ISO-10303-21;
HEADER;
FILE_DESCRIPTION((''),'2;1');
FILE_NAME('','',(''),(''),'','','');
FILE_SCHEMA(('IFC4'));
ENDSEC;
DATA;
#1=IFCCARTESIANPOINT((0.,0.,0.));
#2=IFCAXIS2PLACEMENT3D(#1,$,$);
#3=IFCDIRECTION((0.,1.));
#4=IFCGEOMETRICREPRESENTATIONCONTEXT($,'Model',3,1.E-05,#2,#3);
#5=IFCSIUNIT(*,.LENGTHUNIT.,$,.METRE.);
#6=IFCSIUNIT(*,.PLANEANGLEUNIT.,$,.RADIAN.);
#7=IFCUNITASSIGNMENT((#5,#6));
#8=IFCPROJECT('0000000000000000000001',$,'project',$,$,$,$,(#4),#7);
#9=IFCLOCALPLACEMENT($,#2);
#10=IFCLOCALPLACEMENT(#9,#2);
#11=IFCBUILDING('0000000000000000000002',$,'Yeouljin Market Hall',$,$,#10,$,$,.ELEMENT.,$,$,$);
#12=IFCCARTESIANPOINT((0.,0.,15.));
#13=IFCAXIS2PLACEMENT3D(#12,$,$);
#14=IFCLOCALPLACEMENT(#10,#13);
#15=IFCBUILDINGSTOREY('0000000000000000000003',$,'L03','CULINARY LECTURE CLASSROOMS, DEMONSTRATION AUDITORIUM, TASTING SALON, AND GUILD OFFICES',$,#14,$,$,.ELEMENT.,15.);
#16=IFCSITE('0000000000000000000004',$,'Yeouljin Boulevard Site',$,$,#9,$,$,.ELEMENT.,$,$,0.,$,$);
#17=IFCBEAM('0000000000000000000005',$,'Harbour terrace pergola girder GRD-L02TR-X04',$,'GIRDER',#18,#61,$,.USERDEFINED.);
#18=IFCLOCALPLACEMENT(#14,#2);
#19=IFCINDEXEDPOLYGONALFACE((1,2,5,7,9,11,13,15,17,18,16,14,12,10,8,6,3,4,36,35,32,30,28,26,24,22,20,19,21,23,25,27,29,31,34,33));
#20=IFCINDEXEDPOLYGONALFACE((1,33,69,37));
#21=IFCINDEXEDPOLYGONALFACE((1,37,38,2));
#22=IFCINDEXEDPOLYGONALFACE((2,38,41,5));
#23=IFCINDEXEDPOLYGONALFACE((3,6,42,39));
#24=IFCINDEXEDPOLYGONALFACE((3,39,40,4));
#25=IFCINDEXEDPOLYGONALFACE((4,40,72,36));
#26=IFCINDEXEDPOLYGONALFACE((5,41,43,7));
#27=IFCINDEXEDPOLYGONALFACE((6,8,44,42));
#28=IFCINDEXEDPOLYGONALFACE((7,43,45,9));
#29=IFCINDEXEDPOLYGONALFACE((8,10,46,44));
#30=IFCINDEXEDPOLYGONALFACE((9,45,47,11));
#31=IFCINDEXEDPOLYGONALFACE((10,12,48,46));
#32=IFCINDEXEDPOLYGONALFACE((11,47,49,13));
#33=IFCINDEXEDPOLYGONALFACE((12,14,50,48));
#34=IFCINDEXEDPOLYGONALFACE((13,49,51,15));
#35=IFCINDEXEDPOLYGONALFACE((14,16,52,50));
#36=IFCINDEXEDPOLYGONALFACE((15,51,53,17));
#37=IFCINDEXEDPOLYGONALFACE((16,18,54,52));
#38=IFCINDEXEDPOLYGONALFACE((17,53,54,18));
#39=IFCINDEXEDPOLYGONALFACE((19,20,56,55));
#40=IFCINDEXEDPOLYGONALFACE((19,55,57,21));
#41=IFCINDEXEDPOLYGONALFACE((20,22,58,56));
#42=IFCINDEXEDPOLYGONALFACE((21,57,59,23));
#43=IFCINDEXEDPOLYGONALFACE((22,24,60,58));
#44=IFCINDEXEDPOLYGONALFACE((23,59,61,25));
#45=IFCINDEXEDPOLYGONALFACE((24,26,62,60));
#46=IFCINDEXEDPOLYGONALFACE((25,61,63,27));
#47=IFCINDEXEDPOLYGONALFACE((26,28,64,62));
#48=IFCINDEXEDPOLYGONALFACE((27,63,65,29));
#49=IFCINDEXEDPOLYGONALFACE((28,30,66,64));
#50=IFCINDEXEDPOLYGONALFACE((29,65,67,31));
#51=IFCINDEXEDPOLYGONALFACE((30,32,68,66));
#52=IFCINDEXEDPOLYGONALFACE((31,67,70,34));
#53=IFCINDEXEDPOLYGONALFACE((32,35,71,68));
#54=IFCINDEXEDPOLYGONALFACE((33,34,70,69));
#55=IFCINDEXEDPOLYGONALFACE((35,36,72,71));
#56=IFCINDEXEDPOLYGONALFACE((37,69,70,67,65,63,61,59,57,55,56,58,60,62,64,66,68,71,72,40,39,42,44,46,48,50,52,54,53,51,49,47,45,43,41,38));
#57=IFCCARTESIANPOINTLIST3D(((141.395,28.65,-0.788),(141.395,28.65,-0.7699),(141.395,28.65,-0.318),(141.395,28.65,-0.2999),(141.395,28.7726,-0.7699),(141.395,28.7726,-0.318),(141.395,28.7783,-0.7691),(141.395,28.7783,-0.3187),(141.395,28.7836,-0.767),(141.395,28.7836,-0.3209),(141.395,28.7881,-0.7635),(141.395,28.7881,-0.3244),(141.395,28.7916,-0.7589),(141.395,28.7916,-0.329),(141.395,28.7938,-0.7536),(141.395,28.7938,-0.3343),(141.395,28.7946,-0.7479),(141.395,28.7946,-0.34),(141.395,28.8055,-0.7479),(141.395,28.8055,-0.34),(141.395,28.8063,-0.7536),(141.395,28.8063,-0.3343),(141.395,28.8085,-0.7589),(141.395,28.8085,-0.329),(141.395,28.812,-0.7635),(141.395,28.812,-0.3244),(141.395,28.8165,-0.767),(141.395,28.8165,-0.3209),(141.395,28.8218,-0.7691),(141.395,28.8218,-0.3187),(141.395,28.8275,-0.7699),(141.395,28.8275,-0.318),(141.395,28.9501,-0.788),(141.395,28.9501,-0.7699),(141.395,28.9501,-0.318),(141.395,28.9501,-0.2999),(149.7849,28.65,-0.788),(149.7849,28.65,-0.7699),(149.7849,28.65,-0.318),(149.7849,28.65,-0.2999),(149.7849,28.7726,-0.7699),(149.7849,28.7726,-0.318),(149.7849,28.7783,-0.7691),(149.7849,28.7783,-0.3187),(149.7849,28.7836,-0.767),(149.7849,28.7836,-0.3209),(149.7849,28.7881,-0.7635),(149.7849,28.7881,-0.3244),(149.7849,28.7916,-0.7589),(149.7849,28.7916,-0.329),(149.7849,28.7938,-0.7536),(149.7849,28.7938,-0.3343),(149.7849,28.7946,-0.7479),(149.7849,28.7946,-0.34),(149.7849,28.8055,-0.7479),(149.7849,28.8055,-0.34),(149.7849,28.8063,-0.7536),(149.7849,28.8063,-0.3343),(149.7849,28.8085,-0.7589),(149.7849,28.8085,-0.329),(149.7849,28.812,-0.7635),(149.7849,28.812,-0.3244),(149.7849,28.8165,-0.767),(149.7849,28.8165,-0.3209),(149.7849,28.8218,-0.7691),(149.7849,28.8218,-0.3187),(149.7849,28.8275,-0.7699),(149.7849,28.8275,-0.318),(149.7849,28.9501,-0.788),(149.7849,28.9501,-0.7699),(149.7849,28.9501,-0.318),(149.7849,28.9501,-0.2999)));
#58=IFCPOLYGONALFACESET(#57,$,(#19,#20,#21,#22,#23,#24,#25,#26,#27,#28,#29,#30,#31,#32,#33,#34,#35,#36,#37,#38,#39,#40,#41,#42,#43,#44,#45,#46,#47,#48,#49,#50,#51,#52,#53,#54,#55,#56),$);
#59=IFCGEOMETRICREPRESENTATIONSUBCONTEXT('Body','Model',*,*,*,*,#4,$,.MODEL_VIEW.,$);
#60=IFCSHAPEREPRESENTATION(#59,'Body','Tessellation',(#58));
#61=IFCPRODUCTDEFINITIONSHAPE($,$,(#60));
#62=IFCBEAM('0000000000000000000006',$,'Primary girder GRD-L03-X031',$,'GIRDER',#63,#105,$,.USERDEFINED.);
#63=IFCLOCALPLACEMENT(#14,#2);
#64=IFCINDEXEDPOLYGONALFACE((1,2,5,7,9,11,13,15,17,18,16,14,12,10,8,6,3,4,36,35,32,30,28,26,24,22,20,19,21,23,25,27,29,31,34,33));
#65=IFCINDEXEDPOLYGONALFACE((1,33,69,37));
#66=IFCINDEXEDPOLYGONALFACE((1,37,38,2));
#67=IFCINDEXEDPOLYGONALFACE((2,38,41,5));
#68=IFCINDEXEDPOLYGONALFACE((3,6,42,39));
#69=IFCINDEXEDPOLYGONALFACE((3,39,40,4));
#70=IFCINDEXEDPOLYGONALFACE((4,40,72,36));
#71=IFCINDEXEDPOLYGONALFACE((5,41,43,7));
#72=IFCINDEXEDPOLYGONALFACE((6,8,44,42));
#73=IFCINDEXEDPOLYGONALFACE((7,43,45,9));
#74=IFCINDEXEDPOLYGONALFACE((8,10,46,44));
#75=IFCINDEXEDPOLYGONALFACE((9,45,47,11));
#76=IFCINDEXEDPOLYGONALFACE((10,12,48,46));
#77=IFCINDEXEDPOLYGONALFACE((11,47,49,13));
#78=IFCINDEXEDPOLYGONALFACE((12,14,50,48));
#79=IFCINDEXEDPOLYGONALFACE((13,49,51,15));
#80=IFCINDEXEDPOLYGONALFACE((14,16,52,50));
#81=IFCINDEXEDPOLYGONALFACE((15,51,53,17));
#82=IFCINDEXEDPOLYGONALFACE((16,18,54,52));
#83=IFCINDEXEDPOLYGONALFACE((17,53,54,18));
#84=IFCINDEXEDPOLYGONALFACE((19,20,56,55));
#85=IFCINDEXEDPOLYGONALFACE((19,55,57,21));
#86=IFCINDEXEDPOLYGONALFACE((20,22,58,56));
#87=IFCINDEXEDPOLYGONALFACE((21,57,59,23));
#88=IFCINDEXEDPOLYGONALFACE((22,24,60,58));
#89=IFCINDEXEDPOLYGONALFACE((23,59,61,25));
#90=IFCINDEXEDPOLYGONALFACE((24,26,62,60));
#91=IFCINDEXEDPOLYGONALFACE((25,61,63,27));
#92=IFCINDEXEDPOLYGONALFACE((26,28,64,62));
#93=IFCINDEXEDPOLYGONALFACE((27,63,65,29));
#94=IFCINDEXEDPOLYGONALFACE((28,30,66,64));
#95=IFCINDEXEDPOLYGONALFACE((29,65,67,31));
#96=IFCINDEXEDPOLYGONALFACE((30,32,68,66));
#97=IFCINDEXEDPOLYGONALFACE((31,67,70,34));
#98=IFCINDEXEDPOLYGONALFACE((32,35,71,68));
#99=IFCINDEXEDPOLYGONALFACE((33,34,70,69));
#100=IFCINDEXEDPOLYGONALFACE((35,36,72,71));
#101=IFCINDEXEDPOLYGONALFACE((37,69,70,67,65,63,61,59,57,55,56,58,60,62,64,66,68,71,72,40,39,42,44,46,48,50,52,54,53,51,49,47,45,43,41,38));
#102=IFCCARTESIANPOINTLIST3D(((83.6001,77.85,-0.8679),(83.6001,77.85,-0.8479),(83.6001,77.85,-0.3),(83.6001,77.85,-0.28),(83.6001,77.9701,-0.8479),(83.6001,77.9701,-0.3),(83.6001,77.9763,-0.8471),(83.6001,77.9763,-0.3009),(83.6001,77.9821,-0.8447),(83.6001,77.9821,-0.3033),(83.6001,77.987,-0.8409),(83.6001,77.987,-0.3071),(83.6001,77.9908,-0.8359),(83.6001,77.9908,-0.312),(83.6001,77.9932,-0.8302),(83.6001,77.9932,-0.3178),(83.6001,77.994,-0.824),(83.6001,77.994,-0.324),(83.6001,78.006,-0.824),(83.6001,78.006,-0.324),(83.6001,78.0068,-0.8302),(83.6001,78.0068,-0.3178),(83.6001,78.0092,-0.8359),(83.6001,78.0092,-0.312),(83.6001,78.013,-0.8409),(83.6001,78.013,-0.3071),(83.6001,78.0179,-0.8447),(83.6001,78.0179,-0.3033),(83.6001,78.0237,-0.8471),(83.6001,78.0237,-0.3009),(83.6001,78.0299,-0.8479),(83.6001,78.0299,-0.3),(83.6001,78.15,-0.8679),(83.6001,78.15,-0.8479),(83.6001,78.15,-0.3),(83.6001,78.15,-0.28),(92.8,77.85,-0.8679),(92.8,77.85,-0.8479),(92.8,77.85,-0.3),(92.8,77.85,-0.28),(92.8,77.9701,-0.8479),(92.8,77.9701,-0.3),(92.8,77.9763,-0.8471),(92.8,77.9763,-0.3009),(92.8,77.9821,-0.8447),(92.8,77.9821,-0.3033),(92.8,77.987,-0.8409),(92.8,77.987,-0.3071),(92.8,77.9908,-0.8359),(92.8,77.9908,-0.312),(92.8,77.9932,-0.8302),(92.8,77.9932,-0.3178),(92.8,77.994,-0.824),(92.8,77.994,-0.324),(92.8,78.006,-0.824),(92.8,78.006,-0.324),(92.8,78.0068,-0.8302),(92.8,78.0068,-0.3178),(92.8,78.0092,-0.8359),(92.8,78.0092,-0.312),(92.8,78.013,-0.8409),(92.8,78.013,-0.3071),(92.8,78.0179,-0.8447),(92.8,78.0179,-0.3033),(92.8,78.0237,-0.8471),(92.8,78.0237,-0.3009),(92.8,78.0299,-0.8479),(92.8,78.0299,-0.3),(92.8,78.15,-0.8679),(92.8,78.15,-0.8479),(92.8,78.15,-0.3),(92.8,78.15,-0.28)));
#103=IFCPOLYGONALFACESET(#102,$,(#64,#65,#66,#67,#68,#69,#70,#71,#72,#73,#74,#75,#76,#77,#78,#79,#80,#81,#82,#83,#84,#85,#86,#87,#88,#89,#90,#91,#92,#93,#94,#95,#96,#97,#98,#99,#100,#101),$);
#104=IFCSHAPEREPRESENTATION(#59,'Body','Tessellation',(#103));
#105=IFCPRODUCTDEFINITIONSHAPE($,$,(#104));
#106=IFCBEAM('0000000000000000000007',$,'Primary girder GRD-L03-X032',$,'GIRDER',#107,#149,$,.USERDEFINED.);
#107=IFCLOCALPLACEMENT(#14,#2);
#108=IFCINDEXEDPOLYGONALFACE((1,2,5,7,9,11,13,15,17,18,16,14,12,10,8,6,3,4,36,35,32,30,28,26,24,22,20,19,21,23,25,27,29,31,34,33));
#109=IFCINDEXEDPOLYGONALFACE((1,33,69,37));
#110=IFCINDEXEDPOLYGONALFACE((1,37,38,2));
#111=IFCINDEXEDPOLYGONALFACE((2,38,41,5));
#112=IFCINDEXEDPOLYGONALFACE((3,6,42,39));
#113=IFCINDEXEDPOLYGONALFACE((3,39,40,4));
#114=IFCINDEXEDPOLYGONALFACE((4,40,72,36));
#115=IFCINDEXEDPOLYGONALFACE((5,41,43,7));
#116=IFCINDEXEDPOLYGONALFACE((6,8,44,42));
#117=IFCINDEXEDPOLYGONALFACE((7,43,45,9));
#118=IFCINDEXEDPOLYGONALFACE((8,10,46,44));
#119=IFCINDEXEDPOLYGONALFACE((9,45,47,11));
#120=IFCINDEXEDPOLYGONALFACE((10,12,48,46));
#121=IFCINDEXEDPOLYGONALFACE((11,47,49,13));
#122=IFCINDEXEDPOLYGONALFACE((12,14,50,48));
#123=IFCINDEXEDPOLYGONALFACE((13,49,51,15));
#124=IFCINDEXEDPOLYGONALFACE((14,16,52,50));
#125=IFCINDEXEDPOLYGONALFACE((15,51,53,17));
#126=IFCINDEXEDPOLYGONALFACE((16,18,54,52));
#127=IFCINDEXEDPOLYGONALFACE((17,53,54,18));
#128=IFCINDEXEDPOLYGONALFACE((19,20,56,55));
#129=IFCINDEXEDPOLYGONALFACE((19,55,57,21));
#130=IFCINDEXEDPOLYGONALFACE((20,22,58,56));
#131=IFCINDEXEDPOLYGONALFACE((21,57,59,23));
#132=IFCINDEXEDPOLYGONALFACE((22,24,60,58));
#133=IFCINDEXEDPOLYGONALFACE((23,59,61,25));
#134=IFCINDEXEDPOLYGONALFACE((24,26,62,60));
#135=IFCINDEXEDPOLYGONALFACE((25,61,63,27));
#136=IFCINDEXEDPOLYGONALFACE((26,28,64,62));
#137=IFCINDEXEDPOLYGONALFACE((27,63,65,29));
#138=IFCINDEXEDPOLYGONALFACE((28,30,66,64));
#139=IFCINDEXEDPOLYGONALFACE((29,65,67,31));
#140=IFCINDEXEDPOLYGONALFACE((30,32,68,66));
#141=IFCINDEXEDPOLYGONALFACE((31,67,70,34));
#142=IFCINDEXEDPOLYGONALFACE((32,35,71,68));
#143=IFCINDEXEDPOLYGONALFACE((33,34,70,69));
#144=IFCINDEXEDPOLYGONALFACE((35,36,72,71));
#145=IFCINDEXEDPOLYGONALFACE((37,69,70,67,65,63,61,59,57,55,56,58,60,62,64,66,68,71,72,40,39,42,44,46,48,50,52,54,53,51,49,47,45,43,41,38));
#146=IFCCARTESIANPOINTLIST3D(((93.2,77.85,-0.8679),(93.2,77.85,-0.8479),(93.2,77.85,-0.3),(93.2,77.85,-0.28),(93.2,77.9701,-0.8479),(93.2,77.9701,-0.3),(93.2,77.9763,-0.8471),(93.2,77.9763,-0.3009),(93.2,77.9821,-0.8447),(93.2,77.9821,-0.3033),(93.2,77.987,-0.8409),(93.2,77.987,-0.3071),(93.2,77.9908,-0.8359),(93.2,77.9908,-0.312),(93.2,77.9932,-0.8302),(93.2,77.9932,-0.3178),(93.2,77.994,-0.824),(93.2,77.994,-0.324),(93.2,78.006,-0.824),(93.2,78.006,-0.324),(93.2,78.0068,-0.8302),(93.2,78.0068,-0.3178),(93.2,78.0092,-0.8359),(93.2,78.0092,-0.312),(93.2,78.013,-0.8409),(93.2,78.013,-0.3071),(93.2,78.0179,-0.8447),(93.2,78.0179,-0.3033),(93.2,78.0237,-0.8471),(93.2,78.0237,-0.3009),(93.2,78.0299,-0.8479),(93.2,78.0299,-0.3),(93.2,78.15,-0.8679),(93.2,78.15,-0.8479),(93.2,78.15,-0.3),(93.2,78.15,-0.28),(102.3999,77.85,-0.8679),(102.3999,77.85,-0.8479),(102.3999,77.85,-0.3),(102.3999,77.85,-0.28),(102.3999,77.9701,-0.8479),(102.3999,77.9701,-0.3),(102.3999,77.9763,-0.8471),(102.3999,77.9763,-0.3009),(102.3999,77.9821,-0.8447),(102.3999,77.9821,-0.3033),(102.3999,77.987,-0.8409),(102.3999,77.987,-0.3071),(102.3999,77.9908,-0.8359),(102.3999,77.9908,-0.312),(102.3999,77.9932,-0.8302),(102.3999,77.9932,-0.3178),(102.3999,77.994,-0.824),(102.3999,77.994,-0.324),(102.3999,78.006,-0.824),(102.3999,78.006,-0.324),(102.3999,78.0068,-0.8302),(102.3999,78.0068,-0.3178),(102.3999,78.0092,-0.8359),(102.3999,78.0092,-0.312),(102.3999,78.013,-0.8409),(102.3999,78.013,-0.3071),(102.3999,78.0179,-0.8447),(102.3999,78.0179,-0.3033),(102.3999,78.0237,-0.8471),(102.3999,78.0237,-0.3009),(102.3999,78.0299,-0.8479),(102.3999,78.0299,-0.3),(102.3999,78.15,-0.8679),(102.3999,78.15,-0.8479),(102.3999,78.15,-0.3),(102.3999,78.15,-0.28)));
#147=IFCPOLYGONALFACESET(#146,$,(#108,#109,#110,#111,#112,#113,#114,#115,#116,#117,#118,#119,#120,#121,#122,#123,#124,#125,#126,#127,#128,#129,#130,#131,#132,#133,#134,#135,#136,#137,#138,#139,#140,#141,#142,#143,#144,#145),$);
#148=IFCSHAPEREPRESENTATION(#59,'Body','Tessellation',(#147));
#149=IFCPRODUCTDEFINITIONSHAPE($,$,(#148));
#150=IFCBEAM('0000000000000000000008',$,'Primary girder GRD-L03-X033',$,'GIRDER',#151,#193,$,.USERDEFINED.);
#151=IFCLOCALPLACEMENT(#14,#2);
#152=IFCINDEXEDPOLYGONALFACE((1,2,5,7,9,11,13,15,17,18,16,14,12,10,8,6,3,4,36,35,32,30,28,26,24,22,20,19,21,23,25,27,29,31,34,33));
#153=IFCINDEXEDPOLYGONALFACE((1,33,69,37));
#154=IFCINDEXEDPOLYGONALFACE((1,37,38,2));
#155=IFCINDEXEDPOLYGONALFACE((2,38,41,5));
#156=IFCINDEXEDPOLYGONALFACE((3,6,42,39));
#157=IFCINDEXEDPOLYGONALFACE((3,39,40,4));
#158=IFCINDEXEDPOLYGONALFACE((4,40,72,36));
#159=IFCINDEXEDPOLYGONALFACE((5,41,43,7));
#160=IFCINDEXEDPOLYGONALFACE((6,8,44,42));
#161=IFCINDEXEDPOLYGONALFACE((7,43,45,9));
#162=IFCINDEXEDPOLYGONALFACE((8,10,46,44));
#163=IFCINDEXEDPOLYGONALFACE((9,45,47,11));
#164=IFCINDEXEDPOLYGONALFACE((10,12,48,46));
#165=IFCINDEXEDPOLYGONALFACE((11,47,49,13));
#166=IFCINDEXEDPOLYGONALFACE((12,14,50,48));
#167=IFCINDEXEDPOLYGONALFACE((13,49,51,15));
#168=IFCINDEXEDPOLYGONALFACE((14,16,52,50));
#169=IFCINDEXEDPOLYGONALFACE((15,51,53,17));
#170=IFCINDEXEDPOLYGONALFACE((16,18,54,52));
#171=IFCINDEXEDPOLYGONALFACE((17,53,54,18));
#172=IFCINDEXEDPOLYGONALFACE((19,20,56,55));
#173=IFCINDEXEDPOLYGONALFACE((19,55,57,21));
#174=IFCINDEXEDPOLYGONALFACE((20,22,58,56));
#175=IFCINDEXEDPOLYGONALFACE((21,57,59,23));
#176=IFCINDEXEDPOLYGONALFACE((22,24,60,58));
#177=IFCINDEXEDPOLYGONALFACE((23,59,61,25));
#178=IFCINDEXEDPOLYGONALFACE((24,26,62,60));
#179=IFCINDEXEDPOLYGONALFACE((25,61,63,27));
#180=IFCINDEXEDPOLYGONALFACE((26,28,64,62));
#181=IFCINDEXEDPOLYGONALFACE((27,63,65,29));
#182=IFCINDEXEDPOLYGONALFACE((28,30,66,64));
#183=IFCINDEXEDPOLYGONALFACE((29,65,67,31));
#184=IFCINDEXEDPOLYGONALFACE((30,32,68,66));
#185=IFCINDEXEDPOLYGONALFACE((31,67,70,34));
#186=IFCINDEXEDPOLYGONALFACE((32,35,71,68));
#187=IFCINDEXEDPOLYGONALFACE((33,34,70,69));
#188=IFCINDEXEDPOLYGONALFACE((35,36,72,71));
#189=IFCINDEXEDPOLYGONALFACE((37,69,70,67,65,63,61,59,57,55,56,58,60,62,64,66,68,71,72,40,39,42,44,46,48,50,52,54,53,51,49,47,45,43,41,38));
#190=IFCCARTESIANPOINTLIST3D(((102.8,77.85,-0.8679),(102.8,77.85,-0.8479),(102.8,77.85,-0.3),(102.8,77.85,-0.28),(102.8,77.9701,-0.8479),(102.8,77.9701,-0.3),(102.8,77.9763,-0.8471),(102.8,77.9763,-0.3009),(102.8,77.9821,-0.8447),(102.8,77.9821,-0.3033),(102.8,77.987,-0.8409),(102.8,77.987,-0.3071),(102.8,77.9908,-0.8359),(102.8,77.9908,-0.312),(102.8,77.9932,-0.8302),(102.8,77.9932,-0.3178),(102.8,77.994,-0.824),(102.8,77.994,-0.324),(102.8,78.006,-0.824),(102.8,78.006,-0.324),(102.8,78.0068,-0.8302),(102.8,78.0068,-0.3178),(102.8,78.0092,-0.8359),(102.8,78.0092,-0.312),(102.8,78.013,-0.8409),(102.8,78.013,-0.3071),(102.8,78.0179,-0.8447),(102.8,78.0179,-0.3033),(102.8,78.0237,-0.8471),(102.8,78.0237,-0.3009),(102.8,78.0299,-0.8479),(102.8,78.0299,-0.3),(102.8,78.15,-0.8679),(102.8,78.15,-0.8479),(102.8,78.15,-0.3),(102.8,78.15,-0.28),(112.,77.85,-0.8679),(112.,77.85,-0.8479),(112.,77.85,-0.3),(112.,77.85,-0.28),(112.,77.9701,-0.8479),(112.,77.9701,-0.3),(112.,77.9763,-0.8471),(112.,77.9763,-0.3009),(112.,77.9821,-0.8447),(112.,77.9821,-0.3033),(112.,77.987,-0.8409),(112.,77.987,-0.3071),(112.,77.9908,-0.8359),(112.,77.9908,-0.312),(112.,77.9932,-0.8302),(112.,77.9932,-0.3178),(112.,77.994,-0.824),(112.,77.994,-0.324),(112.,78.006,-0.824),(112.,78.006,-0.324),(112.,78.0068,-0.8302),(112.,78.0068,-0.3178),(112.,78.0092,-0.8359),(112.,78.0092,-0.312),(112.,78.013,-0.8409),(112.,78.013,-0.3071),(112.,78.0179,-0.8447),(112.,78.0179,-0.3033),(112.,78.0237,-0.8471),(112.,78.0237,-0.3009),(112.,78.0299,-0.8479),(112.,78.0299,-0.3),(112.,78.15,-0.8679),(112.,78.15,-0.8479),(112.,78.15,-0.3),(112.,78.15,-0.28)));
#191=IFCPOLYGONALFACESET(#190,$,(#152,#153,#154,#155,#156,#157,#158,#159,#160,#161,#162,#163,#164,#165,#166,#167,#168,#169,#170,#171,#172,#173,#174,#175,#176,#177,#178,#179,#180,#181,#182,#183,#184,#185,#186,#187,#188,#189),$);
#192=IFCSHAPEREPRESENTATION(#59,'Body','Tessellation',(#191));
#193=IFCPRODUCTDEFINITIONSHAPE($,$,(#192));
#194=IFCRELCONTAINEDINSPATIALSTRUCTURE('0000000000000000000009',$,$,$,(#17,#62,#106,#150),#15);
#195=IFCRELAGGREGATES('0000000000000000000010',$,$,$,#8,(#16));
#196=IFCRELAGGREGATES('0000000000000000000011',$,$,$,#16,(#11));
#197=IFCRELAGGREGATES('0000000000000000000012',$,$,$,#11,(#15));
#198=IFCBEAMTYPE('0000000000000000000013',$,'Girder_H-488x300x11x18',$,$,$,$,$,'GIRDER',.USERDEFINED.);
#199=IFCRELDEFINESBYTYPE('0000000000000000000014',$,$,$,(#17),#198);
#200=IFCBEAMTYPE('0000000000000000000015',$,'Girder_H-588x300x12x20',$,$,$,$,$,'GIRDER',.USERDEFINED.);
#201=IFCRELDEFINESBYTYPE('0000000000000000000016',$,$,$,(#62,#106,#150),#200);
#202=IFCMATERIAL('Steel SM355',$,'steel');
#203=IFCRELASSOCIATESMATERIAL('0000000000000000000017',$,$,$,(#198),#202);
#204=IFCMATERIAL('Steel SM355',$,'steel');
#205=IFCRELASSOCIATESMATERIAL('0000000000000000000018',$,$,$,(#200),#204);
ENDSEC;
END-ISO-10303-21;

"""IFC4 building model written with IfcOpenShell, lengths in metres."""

from ifc_helpers import new_model, si_unit, direction, frame, origin, origin_2d, place, context, subcontext, project, spatial, i_section, extrude, material, material_profile, profile_set, type_object, element, save


model = new_model("IFC4")

# Units and contexts
model_context = context("Model", 3, precision=1e-05, world=origin(), true_north=direction((0.0, 1.0)))
body_context = subcontext(model_context, "Body", "Model", "MODEL_VIEW")
ifc_project = project(units=[si_unit("LENGTHUNIT", "METRE"), si_unit("PLANEANGLEUNIT", "RADIAN")], contexts=[model_context])

# Site, building, storey
site_placement = place(None, origin())
site = spatial("IfcSite", under=ifc_project, at=site_placement, Name="Yeouljin Boulevard Site", CompositionType="ELEMENT", RefElevation=0.0)
building_placement = place(site_placement, origin())
building = spatial("IfcBuilding", under=site, at=building_placement, Name="Yeouljin Market Hall", CompositionType="ELEMENT")
storey_placement = place(building_placement, frame((0.0, 0.0, 15.0)))
storey = spatial("IfcBuildingStorey", under=building, at=storey_placement, Name="L03", Description="CULINARY LECTURE CLASSROOMS, DEMONSTRATION AUDITORIUM, TASTING SALON, AND GUILD OFFICES", CompositionType="ELEMENT", Elevation=15.0)

# Beams
ifc_material_1 = material(Name="Steel SM355", Category="steel")
ifc_material_profile_1 = material_profile(ifc_material_1, i_section(OverallWidth=0.3, OverallDepth=0.488, WebThickness=0.011, FlangeThickness=0.0181, FilletRadius=0.022, at=origin_2d()), Name="H-488x300x11x18")
ifc_profile_set_1 = profile_set([ifc_material_profile_1], Name="Steel SM355")
beam_type_1 = type_object("IfcBeamType", Name="Girder_H-488x300x11x18", ElementType="GIRDER", PredefinedType="USERDEFINED", material=ifc_profile_set_1)
for number, where, z_axis, x_axis, name in (
    (1, (141.395, 28.8, -0.5439), (1.0, 0.0, 0.0), (0.0, 1.0, 0.0), "Harbour terrace pergola girder GRD-L02TR-X04"),
):
    element("IfcBeam", number, at=place(storey_placement, frame(where, z_axis=z_axis, x_axis=x_axis)), inside=storey, type_object=beam_type_1, Name=name, ObjectType="GIRDER", PredefinedType="USERDEFINED", context=body_context, shape_type="SweptSolid", body=[
        extrude(i_section(OverallWidth=0.3, OverallDepth=0.488, WebThickness=0.011, FlangeThickness=0.0181, FilletRadius=0.022, at=origin_2d()), origin(), (0.0, 0.0, 1.0), 8.3899),
    ])
ifc_material_2 = material(Name="Steel SM355", Category="steel")
ifc_material_profile_2 = material_profile(ifc_material_2, i_section(OverallWidth=0.3, OverallDepth=0.5879, WebThickness=0.012, FlangeThickness=0.02, FilletRadius=0.0239, at=origin_2d()), Name="H-588x300x12x20")
ifc_profile_set_2 = profile_set([ifc_material_profile_2], Name="Steel SM355")
beam_type_2 = type_object("IfcBeamType", Name="Girder_H-588x300x12x20", ElementType="GIRDER", PredefinedType="USERDEFINED", material=ifc_profile_set_2)
for number, where, z_axis, x_axis, name in (
    (2, (83.6001, 78.0, -0.574), (1.0, 0.0, 0.0), (0.0, 1.0, 0.0), "Primary girder GRD-L03-X031"),
    (3, (93.2, 78.0, -0.574), (1.0, 0.0, 0.0), (0.0, 1.0, 0.0), "Primary girder GRD-L03-X032"),
    (4, (102.8, 78.0, -0.574), (1.0, 0.0, 0.0), (0.0, 1.0, 0.0), "Primary girder GRD-L03-X033"),
):
    element("IfcBeam", number, at=place(storey_placement, frame(where, z_axis=z_axis, x_axis=x_axis)), inside=storey, type_object=beam_type_2, Name=name, ObjectType="GIRDER", PredefinedType="USERDEFINED", context=body_context, shape_type="SweptSolid", body=[
        extrude(i_section(OverallWidth=0.3, OverallDepth=0.5879, WebThickness=0.012, FlangeThickness=0.02, FilletRadius=0.0239, at=origin_2d()), origin(), (0.0, 0.0, 1.0), 9.2),
    ])

save(model, "model.ifc")
